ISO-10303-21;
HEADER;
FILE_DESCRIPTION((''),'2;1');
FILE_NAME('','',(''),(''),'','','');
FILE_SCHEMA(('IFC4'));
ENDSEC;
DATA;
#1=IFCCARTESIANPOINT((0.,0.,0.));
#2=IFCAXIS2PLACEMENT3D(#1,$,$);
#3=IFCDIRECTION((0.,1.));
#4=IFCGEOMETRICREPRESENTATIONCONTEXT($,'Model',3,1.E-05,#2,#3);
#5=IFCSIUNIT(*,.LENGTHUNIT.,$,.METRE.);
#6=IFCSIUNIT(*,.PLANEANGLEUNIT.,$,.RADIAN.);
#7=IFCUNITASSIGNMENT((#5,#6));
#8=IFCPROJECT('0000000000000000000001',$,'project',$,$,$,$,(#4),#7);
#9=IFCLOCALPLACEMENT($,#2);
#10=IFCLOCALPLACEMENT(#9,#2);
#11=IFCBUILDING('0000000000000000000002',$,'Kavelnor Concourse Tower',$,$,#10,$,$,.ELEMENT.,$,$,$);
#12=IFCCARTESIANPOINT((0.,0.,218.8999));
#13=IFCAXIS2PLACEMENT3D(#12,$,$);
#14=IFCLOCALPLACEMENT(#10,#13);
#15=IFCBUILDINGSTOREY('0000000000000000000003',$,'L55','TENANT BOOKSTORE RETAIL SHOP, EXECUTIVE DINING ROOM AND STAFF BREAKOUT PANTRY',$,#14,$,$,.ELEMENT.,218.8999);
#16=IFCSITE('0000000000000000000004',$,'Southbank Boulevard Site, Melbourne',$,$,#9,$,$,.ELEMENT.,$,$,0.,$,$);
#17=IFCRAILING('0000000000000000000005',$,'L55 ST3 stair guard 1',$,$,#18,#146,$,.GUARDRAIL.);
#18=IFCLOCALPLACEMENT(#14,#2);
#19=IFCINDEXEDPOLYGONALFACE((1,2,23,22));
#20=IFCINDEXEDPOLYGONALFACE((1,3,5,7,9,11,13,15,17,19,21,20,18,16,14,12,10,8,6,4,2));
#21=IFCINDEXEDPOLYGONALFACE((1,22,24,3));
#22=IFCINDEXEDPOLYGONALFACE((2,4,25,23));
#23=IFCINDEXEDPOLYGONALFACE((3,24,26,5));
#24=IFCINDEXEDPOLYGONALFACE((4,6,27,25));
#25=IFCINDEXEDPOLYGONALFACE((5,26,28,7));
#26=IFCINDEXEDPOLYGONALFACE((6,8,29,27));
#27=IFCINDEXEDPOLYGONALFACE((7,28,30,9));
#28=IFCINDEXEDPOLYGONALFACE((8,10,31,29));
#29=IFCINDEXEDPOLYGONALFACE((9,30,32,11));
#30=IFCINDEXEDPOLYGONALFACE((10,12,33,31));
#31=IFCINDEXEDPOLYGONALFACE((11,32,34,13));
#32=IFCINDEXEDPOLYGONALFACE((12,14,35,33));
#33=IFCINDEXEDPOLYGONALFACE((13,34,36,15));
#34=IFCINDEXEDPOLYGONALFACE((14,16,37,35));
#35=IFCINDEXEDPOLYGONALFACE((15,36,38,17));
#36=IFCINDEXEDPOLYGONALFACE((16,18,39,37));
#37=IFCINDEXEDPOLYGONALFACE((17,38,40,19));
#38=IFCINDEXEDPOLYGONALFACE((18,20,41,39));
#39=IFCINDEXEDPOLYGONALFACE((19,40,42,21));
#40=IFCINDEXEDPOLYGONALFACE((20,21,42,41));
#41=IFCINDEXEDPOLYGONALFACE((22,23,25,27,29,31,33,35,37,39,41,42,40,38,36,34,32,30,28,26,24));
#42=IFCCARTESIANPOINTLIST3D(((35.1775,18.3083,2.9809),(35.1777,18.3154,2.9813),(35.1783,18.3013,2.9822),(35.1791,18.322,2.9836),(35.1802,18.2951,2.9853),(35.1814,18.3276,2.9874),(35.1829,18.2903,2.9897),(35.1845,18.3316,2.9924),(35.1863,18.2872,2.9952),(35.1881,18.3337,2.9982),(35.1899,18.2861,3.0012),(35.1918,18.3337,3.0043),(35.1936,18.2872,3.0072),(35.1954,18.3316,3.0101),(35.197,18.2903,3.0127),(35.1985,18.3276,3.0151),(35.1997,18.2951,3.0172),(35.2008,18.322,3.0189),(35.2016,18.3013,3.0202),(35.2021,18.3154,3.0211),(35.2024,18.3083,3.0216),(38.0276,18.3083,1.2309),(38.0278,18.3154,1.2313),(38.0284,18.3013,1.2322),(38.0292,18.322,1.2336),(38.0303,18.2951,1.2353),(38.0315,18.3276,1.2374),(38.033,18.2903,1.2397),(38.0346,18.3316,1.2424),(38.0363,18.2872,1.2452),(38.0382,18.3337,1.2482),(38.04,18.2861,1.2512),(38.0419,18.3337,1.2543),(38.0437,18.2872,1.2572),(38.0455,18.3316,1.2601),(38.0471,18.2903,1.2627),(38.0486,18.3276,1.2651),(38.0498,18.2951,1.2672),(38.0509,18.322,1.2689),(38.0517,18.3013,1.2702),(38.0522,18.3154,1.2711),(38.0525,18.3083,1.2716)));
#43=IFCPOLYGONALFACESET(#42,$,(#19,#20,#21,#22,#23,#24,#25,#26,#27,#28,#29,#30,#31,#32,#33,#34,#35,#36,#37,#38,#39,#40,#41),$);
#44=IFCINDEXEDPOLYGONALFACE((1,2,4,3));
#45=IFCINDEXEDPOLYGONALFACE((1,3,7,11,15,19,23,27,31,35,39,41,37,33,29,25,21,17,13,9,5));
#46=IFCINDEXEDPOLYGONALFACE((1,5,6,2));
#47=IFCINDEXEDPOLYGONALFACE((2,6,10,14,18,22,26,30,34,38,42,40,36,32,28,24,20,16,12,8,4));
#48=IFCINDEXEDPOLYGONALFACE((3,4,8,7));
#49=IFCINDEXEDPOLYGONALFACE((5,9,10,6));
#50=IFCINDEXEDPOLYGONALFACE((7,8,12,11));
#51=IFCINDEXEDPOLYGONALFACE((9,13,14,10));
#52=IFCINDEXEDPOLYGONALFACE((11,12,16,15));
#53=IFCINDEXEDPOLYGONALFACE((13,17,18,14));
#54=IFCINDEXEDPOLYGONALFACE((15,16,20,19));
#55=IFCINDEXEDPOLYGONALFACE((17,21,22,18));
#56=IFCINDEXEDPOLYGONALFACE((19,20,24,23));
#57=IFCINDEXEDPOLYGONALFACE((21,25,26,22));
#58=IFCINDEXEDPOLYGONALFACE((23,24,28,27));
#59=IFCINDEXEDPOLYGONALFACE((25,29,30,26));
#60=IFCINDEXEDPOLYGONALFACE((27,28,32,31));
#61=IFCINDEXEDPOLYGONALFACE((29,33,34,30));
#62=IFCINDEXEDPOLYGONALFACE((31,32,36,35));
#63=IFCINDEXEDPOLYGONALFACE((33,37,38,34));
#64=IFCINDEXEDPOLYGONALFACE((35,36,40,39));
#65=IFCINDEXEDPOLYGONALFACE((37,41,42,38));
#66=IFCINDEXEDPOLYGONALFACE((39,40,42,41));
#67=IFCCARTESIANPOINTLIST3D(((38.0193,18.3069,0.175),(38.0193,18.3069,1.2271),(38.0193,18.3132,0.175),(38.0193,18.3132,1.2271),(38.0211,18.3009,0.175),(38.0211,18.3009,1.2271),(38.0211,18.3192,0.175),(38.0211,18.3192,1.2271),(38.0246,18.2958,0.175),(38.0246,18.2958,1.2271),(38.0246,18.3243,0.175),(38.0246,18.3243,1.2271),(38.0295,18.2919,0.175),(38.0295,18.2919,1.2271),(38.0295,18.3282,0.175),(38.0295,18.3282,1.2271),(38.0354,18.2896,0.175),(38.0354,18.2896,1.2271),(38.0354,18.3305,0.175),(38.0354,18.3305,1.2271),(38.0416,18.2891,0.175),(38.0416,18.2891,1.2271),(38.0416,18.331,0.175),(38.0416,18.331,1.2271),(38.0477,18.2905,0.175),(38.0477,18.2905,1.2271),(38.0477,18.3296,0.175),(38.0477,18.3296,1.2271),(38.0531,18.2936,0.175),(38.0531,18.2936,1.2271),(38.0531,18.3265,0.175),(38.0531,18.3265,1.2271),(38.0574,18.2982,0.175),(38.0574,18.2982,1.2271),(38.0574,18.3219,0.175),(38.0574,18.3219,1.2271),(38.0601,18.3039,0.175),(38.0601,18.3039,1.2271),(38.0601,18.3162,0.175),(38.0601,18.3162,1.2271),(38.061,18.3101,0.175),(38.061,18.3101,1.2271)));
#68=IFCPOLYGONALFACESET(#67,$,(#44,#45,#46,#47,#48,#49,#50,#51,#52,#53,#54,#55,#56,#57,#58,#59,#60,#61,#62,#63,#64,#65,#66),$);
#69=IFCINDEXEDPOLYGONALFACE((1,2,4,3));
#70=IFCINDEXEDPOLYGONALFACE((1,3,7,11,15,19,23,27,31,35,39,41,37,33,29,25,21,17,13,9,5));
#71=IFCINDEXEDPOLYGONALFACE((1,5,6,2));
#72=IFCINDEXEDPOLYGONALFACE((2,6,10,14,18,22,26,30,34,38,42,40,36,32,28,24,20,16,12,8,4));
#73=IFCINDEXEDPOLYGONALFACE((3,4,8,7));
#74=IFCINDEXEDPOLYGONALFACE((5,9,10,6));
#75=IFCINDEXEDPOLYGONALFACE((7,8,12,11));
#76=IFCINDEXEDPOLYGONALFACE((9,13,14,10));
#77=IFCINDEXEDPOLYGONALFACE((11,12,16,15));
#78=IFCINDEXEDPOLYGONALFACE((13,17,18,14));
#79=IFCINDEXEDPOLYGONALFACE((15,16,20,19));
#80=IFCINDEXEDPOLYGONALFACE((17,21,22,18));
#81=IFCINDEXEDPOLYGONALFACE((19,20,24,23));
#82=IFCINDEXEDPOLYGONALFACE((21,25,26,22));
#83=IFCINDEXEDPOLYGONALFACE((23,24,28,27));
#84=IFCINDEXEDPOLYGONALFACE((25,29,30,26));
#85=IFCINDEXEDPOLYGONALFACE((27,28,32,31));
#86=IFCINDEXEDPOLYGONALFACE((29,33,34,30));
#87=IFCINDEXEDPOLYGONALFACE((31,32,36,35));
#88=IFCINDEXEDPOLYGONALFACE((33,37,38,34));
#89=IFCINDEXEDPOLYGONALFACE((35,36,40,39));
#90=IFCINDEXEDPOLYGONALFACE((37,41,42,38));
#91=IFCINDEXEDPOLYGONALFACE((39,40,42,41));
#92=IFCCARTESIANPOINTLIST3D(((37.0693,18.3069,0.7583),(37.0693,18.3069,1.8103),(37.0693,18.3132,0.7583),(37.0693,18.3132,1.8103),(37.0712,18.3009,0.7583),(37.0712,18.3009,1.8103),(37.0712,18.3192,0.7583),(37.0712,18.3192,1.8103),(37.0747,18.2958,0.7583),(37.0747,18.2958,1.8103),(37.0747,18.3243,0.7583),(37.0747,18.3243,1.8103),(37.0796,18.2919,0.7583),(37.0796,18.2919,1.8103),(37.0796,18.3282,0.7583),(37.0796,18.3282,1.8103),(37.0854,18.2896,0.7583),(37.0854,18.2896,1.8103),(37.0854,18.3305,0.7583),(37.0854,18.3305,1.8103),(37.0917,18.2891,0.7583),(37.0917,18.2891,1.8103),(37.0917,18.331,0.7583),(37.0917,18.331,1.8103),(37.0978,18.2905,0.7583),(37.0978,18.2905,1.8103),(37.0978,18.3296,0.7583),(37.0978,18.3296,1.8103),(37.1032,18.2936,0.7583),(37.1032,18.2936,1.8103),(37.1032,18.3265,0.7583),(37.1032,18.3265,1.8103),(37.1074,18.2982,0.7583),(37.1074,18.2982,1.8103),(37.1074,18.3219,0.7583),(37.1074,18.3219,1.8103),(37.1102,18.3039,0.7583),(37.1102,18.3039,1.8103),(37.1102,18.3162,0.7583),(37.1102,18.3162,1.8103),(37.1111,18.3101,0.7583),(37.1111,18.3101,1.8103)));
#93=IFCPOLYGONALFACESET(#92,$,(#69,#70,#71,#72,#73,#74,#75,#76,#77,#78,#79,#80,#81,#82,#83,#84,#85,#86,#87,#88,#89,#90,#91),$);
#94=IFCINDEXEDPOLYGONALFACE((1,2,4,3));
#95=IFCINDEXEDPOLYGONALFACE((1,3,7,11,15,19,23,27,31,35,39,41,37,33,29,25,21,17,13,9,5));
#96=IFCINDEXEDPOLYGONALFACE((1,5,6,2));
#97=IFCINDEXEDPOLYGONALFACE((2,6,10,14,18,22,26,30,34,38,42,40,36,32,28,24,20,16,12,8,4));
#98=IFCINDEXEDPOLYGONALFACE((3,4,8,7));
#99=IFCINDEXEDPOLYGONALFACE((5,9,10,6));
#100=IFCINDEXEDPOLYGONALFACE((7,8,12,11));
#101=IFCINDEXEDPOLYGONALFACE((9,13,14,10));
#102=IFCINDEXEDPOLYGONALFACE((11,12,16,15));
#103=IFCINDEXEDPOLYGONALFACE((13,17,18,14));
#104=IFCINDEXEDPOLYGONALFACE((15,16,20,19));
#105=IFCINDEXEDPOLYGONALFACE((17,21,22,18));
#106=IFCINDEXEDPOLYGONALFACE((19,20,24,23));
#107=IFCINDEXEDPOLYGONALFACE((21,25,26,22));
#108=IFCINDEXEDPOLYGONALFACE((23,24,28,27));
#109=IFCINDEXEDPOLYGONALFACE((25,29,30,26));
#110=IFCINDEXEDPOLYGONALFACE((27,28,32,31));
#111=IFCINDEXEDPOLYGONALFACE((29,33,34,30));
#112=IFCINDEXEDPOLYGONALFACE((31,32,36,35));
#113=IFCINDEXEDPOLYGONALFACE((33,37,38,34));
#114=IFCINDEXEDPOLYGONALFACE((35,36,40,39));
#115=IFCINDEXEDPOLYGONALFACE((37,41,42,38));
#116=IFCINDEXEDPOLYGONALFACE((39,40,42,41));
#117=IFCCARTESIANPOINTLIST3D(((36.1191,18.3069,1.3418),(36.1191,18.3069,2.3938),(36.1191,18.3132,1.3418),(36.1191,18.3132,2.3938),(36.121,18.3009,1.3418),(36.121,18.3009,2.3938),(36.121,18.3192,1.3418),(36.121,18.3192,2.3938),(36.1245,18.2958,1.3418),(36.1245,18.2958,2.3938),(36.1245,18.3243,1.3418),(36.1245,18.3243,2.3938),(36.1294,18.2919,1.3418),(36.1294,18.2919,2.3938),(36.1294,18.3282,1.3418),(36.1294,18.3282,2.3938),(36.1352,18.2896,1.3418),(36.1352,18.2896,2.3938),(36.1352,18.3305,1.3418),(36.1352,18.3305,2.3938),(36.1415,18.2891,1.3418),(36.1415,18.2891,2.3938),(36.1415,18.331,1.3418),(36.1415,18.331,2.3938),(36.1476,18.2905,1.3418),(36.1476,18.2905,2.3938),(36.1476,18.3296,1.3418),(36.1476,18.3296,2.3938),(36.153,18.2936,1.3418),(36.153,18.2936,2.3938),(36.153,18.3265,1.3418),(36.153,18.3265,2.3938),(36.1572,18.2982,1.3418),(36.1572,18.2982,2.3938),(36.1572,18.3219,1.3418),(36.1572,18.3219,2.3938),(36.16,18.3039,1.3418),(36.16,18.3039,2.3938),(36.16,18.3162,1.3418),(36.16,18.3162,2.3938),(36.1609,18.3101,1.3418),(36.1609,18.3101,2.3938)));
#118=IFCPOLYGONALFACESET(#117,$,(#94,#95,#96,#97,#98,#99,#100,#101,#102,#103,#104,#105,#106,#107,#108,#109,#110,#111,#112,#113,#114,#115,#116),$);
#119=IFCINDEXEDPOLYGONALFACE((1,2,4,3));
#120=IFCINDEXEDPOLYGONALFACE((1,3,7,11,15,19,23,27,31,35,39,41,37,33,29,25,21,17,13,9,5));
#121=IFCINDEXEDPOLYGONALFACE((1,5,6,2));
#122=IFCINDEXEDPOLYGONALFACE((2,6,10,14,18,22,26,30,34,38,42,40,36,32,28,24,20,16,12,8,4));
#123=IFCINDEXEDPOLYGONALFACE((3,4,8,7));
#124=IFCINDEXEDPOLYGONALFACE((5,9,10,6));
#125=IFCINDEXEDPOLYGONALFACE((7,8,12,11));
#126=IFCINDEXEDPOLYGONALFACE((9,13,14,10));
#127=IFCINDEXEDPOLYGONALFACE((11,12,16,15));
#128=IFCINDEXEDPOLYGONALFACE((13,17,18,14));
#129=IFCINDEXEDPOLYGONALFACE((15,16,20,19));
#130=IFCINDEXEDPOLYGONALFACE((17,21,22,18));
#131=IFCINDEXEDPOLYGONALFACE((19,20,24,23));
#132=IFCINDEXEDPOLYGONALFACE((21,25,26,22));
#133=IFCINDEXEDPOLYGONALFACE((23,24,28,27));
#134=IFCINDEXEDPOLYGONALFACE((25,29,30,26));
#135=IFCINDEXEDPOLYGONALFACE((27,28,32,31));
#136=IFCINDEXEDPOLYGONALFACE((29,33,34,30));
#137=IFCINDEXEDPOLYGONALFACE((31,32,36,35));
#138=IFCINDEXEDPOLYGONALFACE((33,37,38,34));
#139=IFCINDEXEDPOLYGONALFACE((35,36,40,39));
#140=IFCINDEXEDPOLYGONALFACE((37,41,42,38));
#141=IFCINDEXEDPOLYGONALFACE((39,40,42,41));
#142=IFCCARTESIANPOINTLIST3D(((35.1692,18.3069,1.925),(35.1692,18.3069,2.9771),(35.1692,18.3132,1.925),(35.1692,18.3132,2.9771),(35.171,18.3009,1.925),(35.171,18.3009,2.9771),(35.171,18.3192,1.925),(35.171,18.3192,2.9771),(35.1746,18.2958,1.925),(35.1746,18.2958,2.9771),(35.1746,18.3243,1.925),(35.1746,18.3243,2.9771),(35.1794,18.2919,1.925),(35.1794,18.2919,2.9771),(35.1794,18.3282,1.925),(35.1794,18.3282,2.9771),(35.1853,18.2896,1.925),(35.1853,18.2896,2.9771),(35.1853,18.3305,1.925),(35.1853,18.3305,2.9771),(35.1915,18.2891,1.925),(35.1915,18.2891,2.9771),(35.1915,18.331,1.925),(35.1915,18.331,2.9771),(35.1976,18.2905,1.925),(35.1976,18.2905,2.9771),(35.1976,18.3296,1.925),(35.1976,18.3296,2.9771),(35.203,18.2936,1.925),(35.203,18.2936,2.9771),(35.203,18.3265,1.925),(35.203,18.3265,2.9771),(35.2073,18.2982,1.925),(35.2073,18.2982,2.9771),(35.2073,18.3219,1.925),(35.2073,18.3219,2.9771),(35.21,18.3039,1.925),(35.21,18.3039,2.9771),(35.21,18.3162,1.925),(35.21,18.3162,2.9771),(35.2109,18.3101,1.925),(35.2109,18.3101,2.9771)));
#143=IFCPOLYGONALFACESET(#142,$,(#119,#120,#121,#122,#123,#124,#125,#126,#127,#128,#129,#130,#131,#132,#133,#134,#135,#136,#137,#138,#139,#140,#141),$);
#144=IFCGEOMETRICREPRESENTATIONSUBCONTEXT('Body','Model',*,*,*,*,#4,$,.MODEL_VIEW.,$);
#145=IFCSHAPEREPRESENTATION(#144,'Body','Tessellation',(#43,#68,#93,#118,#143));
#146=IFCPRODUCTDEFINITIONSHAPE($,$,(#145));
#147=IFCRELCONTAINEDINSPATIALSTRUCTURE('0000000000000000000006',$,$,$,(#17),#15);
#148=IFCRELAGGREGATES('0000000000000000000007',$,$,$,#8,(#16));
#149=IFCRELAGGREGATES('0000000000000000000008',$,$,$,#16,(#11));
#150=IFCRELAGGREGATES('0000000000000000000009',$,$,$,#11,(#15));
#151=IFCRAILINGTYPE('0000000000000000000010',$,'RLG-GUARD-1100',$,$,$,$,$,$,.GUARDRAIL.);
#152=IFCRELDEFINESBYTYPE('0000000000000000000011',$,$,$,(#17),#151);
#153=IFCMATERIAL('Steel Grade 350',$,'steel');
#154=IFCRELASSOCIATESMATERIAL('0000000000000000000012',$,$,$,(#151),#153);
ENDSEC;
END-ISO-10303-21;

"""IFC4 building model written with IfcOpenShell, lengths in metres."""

from ifc_helpers import new_model, si_unit, direction, frame, origin, origin_2d, place, context, subcontext, project, spatial, circle, extrude, material, type_object, element, save


model = new_model("IFC4")

# Units and contexts
model_context = context("Model", 3, precision=1e-05, world=origin(), true_north=direction((0.0, 1.0)))
body_context = subcontext(model_context, "Body", "Model", "MODEL_VIEW")
ifc_project = project(units=[si_unit("LENGTHUNIT", "METRE"), si_unit("PLANEANGLEUNIT", "RADIAN")], contexts=[model_context])

# Site, building, storey
site_placement = place(None, origin())
site = spatial("IfcSite", under=ifc_project, at=site_placement, Name="Southbank Boulevard Site, Melbourne", CompositionType="ELEMENT", RefElevation=0.0)
building_placement = place(site_placement, origin())
building = spatial("IfcBuilding", under=site, at=building_placement, Name="Kavelnor Concourse Tower", CompositionType="ELEMENT")
storey_placement = place(building_placement, frame((0.0, 0.0, 218.8999)))
storey = spatial("IfcBuildingStorey", under=building, at=storey_placement, Name="L55", Description="TENANT BOOKSTORE RETAIL SHOP, EXECUTIVE DINING ROOM AND STAFF BREAKOUT PANTRY", CompositionType="ELEMENT", Elevation=218.8999)

# Shared definitions
ifc_material_1 = material(Name="Steel Grade 350", Category="steel")

# Railing
railing_type_1 = type_object("IfcRailingType", Name="RLG-GUARD-1100", PredefinedType="GUARDRAIL", material=ifc_material_1)
railing_1_placement = place(storey_placement, frame((38.04, 18.3101, 0.175)))
element("IfcRailing", 1, at=railing_1_placement, inside=storey, type_object=railing_type_1, Name="L55 ST3 stair guard 1", PredefinedType="GUARDRAIL", context=body_context, shape_type="SweptSolid", body=[
    extrude(circle(Radius=0.0239, at=origin_2d()), frame((0.0, 0.0, 1.0762), z_axis=(-0.852179, 0.0, 0.52325), x_axis=(0.0, -1.0, 0.0)), (0.0, 0.0, 1.0), 3.3445),
    extrude(circle(Radius=0.021, at=origin_2d()), origin(), (0.0, 0.0, 1.0), 1.052),
    extrude(circle(Radius=0.021, at=origin_2d()), frame((-0.95, 0.0, 0.5833)), (0.0, 0.0, 1.0), 1.052),
    extrude(circle(Radius=0.021, at=origin_2d()), frame((-1.9001, 0.0, 1.1667)), (0.0, 0.0, 1.0), 1.052),
    extrude(circle(Radius=0.021, at=origin_2d()), frame((-2.8501, 0.0, 1.75)), (0.0, 0.0, 1.0), 1.052),
])

save(model, "model.ifc")
